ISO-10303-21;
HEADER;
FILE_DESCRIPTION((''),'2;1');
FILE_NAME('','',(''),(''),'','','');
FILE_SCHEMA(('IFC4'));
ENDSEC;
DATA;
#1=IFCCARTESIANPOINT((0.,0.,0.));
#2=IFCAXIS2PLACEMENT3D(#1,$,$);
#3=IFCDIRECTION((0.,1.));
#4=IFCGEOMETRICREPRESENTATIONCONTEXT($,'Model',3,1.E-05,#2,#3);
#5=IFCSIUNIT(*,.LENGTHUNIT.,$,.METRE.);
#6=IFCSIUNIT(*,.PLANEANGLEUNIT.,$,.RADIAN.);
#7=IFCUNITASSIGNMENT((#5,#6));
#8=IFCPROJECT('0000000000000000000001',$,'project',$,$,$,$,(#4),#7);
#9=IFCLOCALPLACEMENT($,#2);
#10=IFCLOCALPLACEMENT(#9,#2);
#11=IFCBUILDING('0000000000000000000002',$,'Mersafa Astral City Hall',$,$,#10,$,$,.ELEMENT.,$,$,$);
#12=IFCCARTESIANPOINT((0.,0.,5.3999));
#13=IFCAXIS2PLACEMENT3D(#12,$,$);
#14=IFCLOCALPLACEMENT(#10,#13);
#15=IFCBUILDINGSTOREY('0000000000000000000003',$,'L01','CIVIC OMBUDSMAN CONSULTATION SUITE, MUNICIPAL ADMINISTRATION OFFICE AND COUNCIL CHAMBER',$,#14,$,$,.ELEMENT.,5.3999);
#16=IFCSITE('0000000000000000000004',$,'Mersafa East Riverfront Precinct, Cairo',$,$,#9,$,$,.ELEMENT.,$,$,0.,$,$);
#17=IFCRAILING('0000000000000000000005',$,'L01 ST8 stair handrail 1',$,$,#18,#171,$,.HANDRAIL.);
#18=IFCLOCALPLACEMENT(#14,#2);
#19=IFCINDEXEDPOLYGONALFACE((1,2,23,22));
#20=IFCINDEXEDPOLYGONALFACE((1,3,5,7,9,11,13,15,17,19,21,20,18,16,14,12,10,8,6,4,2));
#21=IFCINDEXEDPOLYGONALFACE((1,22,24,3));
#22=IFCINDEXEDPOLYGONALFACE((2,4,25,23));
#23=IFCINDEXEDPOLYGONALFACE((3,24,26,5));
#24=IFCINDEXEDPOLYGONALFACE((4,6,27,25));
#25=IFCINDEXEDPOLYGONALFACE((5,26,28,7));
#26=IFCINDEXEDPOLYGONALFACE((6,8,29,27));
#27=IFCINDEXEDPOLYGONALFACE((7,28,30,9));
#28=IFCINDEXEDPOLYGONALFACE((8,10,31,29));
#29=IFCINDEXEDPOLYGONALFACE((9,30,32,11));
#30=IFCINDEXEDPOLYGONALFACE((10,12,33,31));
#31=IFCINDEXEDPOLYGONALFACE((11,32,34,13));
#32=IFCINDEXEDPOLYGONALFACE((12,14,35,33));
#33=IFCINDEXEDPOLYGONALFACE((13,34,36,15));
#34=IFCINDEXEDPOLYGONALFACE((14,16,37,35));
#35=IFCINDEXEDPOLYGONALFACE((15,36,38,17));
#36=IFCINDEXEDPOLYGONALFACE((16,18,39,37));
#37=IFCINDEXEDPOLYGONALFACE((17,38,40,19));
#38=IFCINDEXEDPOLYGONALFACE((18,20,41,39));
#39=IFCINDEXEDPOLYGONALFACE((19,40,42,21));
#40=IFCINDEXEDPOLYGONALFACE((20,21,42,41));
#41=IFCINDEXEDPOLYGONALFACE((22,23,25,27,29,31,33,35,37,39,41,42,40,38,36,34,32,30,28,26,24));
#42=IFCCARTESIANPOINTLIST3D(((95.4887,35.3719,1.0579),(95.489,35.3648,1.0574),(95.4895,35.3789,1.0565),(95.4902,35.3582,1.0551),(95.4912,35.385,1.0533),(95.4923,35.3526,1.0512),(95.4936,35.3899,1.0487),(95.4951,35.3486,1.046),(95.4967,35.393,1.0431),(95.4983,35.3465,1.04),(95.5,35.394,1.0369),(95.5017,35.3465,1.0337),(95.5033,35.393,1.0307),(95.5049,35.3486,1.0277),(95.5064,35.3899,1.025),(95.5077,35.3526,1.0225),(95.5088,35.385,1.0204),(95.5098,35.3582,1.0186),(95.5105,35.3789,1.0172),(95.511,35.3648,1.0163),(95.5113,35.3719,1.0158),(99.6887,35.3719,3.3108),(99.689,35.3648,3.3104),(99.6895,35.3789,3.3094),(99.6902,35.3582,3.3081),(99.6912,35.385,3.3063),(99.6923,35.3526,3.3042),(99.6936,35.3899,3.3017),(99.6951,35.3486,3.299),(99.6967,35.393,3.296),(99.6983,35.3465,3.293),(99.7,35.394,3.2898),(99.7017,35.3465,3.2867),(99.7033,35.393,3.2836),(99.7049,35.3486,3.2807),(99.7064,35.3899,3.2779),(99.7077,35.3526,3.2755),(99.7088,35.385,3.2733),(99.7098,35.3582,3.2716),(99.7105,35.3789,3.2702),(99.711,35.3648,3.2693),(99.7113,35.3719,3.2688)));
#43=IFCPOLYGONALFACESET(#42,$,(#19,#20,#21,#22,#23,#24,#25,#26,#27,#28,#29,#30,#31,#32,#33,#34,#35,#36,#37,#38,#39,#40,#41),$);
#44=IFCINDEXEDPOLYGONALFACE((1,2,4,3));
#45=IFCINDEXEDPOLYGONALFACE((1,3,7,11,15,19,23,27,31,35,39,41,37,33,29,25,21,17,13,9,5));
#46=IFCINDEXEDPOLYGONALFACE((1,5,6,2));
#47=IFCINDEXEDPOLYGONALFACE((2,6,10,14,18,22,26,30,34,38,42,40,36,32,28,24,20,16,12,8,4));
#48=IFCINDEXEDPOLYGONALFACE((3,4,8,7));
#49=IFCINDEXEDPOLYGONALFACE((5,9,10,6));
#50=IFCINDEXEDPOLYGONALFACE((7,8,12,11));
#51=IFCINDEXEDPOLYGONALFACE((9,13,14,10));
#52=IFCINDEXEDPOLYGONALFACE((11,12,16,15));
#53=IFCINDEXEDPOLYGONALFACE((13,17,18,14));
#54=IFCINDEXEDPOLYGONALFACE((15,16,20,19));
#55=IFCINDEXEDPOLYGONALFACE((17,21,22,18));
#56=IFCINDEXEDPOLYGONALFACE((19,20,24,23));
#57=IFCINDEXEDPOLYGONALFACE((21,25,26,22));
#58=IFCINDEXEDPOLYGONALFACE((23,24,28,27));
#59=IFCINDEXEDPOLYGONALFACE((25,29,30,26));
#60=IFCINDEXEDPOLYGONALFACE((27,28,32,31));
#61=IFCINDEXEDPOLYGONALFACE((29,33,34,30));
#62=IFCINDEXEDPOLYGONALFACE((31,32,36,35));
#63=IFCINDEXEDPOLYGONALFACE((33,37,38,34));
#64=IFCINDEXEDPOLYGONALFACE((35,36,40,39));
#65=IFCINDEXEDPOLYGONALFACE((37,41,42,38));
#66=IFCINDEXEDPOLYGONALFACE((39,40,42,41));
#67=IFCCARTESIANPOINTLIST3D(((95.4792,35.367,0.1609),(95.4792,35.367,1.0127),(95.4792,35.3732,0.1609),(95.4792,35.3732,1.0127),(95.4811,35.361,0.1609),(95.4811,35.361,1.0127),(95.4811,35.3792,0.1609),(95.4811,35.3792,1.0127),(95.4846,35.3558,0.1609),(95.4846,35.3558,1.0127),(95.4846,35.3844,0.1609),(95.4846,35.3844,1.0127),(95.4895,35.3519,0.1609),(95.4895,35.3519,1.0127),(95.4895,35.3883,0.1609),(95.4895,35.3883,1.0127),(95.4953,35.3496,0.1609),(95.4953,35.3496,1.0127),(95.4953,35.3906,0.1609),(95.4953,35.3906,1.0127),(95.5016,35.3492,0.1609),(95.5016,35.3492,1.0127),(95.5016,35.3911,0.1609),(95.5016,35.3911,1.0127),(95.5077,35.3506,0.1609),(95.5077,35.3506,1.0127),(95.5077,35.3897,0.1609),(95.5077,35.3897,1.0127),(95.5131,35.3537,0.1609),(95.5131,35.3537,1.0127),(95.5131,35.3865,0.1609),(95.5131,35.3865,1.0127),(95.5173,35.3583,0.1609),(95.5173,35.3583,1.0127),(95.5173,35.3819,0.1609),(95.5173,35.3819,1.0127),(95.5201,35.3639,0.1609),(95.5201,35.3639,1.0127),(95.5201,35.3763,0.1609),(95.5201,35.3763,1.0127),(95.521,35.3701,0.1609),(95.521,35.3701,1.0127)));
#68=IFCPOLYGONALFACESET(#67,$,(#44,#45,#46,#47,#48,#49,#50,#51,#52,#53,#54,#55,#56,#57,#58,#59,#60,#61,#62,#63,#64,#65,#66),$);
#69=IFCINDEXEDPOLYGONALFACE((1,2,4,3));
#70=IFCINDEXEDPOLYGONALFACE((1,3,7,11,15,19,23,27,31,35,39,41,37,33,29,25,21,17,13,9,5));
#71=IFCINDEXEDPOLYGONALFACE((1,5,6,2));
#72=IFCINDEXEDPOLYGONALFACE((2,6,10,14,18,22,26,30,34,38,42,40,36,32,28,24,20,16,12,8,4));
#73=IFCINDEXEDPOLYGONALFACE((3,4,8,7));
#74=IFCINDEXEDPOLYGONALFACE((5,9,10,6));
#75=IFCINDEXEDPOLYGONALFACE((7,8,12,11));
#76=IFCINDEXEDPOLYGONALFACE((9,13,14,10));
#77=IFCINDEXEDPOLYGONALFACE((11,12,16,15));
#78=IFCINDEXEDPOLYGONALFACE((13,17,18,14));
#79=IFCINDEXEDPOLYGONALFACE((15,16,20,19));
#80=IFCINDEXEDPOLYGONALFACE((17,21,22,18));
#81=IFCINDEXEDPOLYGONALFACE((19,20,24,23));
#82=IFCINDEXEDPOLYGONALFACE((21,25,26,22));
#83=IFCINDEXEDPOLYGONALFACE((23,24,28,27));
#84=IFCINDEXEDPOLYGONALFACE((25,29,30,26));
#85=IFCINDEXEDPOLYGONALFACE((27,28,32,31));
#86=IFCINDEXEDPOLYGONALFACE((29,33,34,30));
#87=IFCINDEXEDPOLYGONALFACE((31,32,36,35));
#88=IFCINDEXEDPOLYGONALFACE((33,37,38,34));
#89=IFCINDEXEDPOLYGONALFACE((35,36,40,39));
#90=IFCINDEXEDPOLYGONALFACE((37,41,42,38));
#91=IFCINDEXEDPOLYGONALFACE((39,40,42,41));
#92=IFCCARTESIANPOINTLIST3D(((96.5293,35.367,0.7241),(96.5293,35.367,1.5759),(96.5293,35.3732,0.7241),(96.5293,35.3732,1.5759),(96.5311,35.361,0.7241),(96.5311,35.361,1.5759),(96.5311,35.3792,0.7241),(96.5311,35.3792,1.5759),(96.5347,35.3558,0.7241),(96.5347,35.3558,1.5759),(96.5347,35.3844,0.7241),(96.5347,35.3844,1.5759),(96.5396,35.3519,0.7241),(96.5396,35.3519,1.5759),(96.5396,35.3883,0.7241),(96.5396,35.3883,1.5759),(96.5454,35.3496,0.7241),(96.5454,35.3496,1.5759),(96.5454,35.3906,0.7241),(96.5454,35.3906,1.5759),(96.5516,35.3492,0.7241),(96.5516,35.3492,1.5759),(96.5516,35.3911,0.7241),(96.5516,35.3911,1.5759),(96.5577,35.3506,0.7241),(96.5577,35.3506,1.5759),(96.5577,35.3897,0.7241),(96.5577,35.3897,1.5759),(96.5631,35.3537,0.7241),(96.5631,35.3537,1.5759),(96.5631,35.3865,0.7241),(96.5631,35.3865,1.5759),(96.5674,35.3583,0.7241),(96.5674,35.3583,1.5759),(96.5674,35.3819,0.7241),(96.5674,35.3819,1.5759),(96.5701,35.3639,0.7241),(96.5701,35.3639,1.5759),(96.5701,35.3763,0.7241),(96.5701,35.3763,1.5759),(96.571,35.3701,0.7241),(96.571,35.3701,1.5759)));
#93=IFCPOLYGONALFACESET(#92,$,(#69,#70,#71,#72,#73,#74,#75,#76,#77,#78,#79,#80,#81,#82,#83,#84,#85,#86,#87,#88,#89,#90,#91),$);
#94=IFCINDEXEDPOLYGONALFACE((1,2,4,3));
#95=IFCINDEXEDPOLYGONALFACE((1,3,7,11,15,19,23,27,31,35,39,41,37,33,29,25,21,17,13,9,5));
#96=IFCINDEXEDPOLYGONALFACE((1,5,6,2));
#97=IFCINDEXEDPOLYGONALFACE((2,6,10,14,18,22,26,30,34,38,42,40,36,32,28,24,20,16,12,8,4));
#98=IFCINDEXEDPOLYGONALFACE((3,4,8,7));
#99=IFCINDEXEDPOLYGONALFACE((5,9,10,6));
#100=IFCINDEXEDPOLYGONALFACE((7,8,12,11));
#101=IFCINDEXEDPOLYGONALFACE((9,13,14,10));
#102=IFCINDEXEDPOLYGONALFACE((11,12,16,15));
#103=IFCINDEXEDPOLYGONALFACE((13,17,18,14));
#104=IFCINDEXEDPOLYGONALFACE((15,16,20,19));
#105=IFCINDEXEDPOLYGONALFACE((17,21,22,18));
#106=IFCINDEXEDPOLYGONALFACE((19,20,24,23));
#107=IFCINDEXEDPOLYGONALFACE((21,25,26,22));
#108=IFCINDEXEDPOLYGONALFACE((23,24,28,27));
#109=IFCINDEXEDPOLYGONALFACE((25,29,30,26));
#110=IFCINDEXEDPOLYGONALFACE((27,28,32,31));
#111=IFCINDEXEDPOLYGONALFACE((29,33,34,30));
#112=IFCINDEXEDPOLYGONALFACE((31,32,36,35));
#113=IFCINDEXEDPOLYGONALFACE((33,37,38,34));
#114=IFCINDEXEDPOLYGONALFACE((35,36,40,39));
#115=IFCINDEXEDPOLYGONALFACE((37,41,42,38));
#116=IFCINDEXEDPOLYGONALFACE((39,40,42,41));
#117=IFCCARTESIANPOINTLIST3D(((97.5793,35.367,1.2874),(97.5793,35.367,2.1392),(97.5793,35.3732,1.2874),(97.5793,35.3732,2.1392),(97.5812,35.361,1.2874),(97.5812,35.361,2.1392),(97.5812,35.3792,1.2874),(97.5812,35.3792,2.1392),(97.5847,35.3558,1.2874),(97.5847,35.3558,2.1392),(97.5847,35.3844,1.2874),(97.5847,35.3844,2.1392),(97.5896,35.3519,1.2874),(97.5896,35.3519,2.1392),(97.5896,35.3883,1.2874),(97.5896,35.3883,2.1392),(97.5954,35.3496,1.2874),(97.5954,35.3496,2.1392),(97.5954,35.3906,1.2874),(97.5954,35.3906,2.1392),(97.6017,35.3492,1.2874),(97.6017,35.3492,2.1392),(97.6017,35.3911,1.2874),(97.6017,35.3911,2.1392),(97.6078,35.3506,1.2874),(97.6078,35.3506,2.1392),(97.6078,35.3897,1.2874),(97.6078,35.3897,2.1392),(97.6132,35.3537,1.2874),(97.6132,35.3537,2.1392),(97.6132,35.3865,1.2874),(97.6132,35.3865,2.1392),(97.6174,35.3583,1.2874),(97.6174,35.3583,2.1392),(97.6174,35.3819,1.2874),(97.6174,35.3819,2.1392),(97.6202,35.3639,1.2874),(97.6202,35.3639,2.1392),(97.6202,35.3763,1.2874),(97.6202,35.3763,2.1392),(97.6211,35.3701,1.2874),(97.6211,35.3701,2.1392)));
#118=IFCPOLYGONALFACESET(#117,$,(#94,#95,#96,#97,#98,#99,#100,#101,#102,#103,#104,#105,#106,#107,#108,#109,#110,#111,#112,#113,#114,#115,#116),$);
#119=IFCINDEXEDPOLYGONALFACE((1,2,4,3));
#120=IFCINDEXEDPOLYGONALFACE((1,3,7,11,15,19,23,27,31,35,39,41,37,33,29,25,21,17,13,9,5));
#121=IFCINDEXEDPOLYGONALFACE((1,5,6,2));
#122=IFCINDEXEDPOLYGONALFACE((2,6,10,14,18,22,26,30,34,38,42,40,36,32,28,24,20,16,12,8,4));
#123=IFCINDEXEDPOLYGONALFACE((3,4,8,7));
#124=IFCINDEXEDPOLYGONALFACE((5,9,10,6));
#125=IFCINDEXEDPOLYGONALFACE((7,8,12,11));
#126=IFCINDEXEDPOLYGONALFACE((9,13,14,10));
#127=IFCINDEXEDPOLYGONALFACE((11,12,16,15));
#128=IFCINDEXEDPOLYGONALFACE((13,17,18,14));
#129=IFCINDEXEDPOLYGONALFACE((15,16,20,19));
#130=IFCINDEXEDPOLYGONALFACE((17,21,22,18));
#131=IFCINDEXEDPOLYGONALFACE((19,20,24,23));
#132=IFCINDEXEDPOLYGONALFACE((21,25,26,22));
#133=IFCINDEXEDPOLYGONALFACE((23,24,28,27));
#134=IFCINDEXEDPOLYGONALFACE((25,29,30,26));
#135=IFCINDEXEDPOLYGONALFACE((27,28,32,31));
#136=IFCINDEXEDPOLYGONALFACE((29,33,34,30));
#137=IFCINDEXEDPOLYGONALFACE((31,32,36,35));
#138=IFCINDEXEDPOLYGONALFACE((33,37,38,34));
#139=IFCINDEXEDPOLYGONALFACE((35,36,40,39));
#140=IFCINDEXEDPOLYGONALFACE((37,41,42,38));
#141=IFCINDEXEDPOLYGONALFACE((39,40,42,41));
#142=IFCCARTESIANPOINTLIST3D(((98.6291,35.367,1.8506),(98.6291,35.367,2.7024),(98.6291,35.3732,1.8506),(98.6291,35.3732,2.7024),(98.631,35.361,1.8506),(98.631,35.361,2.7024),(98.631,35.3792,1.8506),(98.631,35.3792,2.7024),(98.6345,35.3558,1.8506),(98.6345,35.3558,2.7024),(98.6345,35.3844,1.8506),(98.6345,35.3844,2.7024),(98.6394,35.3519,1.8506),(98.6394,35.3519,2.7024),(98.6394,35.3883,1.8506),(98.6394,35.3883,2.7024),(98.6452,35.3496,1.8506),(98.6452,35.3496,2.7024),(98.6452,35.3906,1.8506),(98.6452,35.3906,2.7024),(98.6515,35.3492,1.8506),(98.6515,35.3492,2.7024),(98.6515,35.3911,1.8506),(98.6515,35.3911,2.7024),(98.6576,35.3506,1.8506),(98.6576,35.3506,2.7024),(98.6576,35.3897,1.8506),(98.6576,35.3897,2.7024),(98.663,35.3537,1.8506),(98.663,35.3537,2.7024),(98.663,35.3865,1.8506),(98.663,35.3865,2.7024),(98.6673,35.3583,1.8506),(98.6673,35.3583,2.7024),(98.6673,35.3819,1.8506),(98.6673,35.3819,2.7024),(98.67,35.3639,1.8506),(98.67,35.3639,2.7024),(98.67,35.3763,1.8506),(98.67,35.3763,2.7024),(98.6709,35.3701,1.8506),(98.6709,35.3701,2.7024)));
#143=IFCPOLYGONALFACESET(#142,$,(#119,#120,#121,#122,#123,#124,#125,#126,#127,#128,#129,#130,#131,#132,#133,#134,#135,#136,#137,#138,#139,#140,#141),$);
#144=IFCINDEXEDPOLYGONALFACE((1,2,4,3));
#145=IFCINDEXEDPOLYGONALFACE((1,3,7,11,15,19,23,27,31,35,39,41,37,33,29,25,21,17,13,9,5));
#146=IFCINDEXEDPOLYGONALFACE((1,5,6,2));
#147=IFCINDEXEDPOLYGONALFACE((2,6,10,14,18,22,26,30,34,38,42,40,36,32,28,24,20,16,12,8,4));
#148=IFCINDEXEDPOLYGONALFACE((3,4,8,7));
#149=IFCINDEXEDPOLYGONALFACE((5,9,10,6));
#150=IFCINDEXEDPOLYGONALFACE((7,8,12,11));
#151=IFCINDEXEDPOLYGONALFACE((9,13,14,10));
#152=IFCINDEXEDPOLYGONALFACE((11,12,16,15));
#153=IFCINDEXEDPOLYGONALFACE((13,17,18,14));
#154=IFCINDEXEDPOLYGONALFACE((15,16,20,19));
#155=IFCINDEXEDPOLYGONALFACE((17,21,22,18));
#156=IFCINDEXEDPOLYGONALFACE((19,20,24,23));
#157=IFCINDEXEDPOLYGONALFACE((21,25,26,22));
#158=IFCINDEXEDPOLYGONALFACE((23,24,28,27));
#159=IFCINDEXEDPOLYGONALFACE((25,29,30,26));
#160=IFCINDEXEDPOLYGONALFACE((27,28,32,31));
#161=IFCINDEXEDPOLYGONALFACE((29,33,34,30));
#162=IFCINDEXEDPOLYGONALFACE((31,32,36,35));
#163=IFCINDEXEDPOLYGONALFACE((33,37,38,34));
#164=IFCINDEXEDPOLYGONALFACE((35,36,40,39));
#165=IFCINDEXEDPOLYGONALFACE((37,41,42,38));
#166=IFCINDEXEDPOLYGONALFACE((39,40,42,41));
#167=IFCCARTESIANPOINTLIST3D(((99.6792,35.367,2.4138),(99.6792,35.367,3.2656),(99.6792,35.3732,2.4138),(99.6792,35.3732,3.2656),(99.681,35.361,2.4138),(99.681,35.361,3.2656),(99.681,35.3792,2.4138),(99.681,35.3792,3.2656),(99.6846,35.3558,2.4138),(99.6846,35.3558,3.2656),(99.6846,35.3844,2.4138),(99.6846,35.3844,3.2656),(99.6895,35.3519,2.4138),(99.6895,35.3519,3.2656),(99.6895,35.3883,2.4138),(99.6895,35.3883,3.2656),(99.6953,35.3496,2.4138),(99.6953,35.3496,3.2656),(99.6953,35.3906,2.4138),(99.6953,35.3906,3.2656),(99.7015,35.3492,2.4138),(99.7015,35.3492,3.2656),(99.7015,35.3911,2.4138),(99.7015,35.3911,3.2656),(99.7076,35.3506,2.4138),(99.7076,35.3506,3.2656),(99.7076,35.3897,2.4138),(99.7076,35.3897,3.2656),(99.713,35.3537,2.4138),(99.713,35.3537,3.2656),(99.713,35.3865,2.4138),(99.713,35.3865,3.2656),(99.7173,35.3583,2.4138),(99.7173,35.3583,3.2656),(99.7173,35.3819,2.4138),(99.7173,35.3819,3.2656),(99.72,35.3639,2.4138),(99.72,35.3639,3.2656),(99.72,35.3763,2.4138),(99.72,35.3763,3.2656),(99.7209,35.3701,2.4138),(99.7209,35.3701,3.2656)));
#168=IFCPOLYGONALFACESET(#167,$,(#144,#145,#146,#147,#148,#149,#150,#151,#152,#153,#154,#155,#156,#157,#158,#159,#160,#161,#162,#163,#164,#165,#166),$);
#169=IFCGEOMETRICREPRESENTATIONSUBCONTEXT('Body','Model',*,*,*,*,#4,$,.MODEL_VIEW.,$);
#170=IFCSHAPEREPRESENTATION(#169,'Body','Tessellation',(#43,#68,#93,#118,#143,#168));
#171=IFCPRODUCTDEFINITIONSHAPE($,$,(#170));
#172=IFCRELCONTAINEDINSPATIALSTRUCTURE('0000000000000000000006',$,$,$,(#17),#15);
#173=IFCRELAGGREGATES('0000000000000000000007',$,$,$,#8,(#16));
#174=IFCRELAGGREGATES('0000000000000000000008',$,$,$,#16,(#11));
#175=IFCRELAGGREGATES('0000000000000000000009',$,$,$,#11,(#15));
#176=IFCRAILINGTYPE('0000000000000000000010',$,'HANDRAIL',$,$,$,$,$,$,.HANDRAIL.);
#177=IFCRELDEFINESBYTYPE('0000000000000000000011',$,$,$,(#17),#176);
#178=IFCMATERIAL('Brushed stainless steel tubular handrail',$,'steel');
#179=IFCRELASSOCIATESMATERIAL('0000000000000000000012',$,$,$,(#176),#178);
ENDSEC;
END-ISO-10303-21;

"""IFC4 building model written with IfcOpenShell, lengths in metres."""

from ifc_helpers import new_model, si_unit, direction, frame, origin, origin_2d, place, context, subcontext, project, spatial, circle, extrude, material, type_object, element, save


model = new_model("IFC4")

# Units and contexts
model_context = context("Model", 3, precision=1e-05, world=origin(), true_north=direction((0.0, 1.0)))
body_context = subcontext(model_context, "Body", "Model", "MODEL_VIEW")
ifc_project = project(units=[si_unit("LENGTHUNIT", "METRE"), si_unit("PLANEANGLEUNIT", "RADIAN")], contexts=[model_context])

# Site, building, storey
site_placement = place(None, origin())
site = spatial("IfcSite", under=ifc_project, at=site_placement, Name="Mersafa East Riverfront Precinct, Cairo", CompositionType="ELEMENT", RefElevation=0.0)
building_placement = place(site_placement, origin())
building = spatial("IfcBuilding", under=site, at=building_placement, Name="Mersafa Astral City Hall", CompositionType="ELEMENT")
storey_placement = place(building_placement, frame((0.0, 0.0, 5.3999)))
storey = spatial("IfcBuildingStorey", under=building, at=storey_placement, Name="L01", Description="CIVIC OMBUDSMAN CONSULTATION SUITE, MUNICIPAL ADMINISTRATION OFFICE AND COUNCIL CHAMBER", CompositionType="ELEMENT", Elevation=5.3999)

# Railing
ifc_material_1 = material(Name="Brushed stainless steel tubular handrail", Category="steel")
railing_type_1 = type_object("IfcRailingType", Name="HANDRAIL", PredefinedType="HANDRAIL", material=ifc_material_1)
railing_1_placement = place(storey_placement, frame((95.5, 35.3701, 0.1609)))
element("IfcRailing", 1, at=railing_1_placement, inside=storey, type_object=railing_type_1, Name="L01 ST8 stair handrail 1", PredefinedType="HANDRAIL", context=body_context, shape_type="SweptSolid", body=[
    extrude(circle(Radius=0.0239, at=origin_2d()), frame((0.0, 0.0, 0.876), z_axis=(0.881222, 0.0, 0.472703), x_axis=(0.0, 1.0, 0.0)), (0.0, 0.0, 1.0), 4.7661),
    extrude(circle(Radius=0.021, at=origin_2d()), origin(), (0.0, 0.0, 1.0), 0.8518),
    extrude(circle(Radius=0.021, at=origin_2d()), frame((1.05, 0.0, 0.5632)), (0.0, 0.0, 1.0), 0.8518),
    extrude(circle(Radius=0.021, at=origin_2d()), frame((2.1001, 0.0, 1.1265)), (0.0, 0.0, 1.0), 0.8518),
    extrude(circle(Radius=0.021, at=origin_2d()), frame((3.1499, 0.0, 1.6897)), (0.0, 0.0, 1.0), 0.8518),
    extrude(circle(Radius=0.021, at=origin_2d()), frame((4.2, 0.0, 2.2529)), (0.0, 0.0, 1.0), 0.8518),
])

save(model, "model.ifc")
